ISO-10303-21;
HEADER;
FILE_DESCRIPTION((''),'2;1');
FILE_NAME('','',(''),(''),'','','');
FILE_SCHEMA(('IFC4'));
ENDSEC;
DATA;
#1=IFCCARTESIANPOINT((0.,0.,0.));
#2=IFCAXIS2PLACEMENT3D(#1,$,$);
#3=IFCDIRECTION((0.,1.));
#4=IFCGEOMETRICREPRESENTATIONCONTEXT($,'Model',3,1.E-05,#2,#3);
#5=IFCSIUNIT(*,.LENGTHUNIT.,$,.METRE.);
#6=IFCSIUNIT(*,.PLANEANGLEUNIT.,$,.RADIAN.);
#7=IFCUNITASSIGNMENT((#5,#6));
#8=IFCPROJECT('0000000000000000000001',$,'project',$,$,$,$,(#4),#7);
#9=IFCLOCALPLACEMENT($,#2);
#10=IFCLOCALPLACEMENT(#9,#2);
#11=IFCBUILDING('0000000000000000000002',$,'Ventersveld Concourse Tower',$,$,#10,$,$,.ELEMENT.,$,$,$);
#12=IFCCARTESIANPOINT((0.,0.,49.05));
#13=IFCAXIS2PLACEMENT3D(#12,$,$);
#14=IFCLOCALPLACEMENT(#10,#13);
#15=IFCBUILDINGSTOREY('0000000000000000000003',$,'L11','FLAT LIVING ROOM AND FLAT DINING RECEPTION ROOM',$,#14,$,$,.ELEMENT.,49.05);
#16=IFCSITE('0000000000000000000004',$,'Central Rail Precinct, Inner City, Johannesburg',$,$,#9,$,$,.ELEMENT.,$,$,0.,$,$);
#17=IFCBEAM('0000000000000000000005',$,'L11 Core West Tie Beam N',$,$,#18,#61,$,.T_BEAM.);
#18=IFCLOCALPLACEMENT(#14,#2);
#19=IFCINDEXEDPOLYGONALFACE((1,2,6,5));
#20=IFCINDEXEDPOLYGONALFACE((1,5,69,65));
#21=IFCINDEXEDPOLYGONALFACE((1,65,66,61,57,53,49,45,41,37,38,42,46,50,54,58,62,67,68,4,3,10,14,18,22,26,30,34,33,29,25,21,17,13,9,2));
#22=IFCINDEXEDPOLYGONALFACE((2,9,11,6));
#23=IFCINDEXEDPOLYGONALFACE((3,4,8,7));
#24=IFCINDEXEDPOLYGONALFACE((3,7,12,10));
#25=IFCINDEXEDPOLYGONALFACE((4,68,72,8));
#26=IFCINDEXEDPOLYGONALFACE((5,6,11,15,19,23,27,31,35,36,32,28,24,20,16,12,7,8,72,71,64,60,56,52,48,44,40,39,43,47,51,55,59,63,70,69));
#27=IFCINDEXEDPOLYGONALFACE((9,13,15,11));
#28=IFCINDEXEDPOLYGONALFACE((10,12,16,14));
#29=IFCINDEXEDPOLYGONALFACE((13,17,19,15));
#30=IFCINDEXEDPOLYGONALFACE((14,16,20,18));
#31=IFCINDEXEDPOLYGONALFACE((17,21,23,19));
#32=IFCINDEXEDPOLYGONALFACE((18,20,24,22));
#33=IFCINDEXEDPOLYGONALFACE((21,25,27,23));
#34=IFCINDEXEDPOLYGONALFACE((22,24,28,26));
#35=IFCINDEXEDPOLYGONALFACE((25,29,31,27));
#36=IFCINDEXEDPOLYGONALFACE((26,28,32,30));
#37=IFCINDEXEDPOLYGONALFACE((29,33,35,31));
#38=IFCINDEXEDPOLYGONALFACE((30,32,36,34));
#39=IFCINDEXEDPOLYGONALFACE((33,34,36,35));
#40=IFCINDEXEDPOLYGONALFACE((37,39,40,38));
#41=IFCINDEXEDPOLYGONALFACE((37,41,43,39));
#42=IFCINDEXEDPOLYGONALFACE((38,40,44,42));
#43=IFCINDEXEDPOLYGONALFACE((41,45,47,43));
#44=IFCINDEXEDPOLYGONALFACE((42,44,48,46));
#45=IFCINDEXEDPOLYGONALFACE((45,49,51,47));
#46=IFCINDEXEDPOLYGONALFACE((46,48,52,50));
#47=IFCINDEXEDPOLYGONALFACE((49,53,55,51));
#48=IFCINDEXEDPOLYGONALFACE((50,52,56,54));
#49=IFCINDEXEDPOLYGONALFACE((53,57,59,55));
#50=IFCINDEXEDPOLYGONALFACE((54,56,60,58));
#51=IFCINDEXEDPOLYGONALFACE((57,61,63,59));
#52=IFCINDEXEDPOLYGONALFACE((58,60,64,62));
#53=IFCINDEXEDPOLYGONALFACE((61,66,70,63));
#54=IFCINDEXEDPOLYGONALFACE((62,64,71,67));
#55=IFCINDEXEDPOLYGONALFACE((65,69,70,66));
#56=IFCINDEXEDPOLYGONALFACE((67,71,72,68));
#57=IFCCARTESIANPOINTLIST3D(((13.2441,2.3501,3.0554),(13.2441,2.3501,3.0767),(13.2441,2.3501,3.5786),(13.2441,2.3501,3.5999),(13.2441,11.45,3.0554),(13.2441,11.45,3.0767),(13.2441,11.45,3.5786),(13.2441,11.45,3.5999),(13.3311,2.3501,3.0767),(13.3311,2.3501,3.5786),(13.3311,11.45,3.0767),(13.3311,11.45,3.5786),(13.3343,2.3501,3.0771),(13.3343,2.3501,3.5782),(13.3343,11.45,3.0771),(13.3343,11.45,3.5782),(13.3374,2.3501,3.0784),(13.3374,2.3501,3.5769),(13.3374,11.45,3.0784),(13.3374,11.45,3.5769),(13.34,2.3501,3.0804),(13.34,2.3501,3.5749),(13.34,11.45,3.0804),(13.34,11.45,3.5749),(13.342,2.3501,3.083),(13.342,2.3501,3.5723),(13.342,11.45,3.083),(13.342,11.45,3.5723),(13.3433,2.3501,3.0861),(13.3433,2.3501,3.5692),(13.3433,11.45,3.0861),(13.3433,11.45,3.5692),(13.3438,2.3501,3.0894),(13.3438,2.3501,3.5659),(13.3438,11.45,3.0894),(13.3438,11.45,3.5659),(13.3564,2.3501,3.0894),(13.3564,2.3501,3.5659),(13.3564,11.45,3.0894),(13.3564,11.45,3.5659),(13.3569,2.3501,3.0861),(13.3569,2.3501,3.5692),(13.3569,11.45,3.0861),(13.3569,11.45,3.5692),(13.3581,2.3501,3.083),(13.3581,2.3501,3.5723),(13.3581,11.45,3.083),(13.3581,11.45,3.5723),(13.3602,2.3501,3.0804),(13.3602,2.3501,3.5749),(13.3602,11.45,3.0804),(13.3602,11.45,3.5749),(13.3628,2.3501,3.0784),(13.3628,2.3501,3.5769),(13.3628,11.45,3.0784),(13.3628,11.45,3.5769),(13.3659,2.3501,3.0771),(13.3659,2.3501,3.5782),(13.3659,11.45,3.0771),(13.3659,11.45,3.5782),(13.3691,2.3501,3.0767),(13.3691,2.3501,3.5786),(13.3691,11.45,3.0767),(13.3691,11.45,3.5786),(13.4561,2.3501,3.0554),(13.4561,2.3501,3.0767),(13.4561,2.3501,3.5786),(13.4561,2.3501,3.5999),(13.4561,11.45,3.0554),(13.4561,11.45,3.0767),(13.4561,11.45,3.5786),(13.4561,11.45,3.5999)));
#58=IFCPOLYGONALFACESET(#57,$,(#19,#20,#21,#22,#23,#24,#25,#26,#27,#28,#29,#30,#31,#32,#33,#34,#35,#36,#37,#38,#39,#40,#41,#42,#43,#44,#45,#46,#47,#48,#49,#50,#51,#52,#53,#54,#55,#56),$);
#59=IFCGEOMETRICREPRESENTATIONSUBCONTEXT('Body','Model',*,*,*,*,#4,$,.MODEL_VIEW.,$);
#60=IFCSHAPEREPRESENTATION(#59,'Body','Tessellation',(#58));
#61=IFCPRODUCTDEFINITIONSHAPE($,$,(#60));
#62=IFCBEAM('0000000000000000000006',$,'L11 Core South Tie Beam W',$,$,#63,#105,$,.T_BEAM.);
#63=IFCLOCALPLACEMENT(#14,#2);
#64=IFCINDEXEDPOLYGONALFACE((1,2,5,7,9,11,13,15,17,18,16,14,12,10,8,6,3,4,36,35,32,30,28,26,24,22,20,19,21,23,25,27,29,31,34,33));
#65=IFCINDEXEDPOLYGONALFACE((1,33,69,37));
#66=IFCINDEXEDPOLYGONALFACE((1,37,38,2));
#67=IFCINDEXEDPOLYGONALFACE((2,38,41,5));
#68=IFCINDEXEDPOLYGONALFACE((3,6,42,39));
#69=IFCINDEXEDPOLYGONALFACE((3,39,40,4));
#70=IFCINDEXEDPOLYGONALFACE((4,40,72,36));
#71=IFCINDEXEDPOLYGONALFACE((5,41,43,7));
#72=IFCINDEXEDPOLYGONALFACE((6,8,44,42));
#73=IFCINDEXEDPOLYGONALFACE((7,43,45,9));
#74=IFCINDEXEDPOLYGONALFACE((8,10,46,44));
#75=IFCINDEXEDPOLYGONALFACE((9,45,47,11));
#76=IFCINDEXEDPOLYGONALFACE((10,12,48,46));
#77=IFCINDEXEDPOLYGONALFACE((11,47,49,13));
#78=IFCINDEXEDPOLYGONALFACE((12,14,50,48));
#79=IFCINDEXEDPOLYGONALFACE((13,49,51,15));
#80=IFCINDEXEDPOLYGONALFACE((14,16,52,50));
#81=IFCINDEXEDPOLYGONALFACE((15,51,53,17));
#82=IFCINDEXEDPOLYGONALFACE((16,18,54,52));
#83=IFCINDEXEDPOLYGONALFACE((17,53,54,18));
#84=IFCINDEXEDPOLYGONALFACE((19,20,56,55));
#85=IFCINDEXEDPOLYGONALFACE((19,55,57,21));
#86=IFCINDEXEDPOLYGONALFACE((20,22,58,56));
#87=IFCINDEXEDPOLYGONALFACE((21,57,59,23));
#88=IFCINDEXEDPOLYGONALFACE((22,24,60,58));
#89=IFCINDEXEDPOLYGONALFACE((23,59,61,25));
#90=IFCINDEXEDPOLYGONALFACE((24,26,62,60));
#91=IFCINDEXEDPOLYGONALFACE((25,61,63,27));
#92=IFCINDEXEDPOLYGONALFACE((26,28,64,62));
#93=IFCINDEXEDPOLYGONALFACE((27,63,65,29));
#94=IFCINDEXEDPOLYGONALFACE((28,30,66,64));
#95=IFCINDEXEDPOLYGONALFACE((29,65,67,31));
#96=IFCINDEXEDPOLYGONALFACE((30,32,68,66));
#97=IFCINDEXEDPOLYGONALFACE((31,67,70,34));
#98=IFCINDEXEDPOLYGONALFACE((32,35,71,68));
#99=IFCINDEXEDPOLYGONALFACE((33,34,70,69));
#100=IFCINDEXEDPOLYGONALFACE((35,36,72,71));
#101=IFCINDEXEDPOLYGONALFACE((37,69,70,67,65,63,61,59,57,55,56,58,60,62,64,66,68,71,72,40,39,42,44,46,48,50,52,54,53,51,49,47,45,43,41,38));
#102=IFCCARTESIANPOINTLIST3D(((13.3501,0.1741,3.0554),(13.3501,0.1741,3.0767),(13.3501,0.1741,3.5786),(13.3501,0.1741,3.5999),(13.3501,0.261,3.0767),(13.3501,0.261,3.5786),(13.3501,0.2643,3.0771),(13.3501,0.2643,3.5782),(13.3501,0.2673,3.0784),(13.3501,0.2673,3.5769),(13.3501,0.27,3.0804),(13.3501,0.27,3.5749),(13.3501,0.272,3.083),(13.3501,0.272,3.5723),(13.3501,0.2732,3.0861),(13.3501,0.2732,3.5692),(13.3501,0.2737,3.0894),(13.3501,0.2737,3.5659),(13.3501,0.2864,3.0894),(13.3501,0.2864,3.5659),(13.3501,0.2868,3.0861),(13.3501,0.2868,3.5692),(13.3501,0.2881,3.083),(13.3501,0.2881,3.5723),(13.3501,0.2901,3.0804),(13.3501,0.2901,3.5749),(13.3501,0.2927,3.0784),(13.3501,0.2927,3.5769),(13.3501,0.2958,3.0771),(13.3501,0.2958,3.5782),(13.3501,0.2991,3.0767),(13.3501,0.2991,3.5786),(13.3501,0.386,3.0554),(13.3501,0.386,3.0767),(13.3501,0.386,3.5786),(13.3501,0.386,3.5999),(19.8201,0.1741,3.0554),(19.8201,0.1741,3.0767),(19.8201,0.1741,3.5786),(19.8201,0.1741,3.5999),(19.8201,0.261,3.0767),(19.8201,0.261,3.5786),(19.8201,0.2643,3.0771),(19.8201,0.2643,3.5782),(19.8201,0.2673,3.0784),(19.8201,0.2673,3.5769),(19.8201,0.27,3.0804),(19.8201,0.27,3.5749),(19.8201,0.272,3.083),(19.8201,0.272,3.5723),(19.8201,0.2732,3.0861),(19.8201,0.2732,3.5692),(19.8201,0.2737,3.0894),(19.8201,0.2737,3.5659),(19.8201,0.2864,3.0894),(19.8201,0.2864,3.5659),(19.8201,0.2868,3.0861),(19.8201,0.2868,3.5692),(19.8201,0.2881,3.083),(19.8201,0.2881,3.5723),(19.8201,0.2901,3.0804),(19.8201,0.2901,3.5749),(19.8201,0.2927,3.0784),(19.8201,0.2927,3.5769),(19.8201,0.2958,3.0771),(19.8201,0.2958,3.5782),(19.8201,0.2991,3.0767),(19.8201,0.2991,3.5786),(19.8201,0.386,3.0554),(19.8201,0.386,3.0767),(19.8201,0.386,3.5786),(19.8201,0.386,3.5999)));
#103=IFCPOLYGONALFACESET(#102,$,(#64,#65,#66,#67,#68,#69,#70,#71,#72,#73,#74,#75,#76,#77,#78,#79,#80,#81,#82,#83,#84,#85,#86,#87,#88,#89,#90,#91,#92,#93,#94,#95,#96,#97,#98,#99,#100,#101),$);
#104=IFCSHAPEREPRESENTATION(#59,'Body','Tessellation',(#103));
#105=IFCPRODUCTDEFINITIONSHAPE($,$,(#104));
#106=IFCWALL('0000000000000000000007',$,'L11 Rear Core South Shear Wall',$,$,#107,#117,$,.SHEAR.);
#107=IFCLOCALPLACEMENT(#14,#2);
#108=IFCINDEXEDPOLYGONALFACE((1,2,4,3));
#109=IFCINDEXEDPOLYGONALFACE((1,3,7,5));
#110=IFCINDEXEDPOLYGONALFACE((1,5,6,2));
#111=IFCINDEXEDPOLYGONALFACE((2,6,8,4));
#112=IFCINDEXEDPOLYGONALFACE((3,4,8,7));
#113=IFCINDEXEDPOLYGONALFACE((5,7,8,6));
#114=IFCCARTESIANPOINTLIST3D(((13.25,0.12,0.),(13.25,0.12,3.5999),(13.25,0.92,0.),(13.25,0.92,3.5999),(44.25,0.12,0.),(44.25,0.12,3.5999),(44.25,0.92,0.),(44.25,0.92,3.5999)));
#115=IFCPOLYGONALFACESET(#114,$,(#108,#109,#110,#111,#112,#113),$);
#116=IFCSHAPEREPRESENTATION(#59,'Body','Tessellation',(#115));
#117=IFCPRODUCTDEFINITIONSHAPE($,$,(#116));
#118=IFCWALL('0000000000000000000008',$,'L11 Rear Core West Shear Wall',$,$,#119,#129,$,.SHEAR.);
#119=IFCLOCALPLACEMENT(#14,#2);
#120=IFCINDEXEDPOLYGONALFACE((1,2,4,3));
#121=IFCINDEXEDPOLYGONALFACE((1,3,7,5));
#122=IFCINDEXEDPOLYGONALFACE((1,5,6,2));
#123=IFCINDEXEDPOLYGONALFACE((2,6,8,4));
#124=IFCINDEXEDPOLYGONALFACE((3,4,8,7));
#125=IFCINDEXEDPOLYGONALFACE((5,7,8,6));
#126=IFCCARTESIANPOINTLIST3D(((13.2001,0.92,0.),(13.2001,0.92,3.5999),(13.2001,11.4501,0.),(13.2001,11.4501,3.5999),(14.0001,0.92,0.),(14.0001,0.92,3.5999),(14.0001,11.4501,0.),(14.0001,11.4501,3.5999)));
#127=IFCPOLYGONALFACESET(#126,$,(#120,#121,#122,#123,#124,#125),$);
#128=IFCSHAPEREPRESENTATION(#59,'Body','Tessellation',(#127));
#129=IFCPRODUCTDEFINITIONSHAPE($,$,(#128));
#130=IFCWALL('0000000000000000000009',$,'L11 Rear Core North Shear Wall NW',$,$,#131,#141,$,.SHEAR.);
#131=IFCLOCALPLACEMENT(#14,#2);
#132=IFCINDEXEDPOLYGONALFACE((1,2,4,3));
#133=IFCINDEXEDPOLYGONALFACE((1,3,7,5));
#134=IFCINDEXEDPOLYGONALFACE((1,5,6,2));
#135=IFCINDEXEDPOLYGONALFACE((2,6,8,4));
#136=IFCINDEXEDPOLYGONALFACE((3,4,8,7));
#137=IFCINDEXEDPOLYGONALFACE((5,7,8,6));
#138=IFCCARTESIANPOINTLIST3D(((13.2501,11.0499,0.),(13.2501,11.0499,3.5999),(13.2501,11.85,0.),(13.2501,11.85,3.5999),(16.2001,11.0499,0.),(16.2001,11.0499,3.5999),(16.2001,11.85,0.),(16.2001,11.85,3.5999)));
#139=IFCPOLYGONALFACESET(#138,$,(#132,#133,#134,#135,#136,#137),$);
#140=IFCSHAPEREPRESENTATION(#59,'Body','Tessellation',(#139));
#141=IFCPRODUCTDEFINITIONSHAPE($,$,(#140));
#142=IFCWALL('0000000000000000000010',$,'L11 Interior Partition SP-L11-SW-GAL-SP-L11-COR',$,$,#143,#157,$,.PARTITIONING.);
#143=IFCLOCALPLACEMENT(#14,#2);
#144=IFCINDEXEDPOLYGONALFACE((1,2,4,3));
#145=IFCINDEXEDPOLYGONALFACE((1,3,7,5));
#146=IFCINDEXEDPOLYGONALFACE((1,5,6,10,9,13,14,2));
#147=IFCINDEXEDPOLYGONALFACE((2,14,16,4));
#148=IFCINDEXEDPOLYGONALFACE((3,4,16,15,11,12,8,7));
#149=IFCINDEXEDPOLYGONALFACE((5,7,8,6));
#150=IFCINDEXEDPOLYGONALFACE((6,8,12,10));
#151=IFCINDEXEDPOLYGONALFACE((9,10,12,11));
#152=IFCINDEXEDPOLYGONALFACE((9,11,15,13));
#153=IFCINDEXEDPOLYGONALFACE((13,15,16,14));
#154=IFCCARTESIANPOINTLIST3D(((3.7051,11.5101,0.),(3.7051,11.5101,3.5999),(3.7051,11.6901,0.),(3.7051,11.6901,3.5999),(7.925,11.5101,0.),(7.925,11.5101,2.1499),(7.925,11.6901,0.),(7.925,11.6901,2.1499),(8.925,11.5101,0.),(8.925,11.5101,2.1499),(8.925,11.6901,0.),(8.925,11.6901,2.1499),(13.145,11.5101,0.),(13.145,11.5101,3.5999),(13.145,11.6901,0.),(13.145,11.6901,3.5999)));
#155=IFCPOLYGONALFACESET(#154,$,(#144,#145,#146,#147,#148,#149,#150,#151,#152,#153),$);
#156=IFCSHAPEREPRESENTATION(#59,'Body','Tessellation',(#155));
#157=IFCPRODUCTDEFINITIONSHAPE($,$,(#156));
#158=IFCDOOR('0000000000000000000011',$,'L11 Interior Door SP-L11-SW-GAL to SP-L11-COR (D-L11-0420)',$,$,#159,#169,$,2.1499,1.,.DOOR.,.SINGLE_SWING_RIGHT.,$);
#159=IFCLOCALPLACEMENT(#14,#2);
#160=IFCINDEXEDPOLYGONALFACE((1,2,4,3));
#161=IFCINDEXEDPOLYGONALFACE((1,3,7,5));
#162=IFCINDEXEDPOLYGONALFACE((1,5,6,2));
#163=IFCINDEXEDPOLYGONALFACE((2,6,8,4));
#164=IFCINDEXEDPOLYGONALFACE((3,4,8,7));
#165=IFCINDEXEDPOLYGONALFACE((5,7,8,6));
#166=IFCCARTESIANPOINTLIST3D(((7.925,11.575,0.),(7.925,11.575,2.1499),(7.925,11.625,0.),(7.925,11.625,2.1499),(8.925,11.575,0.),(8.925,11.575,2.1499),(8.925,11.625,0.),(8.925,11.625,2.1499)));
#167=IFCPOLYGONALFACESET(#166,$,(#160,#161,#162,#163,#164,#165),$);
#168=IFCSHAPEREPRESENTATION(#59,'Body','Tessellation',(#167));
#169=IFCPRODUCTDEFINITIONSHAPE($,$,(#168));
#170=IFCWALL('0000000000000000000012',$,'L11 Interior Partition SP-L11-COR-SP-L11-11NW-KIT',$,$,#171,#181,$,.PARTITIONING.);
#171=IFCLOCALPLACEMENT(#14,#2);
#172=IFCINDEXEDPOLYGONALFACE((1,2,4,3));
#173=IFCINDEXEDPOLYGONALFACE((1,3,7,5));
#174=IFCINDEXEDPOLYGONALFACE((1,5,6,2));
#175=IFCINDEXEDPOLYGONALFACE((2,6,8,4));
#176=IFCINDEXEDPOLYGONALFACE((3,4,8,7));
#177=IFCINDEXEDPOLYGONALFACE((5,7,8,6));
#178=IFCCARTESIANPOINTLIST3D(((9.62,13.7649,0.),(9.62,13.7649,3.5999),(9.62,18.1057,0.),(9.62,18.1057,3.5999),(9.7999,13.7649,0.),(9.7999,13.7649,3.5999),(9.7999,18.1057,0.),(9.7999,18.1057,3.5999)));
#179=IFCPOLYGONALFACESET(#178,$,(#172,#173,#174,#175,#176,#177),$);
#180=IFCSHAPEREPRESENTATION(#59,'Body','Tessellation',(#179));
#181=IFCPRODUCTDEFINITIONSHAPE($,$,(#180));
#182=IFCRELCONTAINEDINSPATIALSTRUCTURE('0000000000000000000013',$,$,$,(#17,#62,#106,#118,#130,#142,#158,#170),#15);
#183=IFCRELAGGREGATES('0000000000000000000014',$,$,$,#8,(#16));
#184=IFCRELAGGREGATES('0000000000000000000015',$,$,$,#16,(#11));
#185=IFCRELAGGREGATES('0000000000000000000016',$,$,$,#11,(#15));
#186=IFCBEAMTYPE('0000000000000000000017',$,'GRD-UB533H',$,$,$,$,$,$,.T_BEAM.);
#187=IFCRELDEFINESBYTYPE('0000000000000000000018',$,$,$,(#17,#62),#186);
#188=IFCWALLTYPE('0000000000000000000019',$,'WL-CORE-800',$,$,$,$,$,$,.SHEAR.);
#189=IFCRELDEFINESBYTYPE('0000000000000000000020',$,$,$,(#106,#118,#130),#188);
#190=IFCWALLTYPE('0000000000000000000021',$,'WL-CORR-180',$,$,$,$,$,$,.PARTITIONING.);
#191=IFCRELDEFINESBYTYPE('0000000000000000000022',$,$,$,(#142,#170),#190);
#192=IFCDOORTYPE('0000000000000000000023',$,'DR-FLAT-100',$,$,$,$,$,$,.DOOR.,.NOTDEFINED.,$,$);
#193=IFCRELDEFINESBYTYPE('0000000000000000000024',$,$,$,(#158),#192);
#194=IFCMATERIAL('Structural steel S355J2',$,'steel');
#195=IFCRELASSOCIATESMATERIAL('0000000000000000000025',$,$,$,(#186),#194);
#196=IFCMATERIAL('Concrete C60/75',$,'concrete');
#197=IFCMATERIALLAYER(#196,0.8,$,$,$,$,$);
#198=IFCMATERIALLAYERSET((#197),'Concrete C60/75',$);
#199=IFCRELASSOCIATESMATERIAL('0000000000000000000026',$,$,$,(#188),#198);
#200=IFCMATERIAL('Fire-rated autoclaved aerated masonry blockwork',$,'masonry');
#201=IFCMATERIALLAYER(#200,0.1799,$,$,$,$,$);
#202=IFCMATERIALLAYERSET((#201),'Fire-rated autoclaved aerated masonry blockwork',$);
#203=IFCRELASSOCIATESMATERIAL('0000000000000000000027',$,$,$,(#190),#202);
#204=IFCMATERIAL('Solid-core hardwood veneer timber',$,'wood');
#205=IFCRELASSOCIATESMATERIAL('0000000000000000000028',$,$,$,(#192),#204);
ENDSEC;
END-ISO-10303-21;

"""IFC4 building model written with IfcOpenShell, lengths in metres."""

from ifc_helpers import new_model, si_unit, direction, frame, frame_2d, origin, origin_2d, place, context, subcontext, project, spatial, rectangle, i_section, extrude, material, layer, layer_set, material_profile, profile_set, type_object, element, fill, save


model = new_model("IFC4")

# Units and contexts
model_context = context("Model", 3, precision=1e-05, world=origin(), true_north=direction((0.0, 1.0)))
body_context = subcontext(model_context, "Body", "Model", "MODEL_VIEW")
ifc_project = project(units=[si_unit("LENGTHUNIT", "METRE"), si_unit("PLANEANGLEUNIT", "RADIAN")], contexts=[model_context])

# Site, building, storey
site_placement = place(None, origin())
site = spatial("IfcSite", under=ifc_project, at=site_placement, Name="Central Rail Precinct, Inner City, Johannesburg", CompositionType="ELEMENT", RefElevation=0.0)
building_placement = place(site_placement, origin())
building = spatial("IfcBuilding", under=site, at=building_placement, Name="Ventersveld Concourse Tower", CompositionType="ELEMENT")
storey_placement = place(building_placement, frame((0.0, 0.0, 49.05)))
storey = spatial("IfcBuildingStorey", under=building, at=storey_placement, Name="L11", Description="FLAT LIVING ROOM AND FLAT DINING RECEPTION ROOM", CompositionType="ELEMENT", Elevation=49.05)

# Beams
ifc_material_1 = material(Name="Structural steel S355J2", Category="steel")
ifc_material_profile_1 = material_profile(ifc_material_1, i_section(OverallWidth=0.2119, OverallDepth=0.5444, WebThickness=0.0127, FlangeThickness=0.0212, FilletRadius=0.0127, at=origin_2d()), Name="UB 533x210x122")
ifc_profile_set_1 = profile_set([ifc_material_profile_1], Name="Structural steel S355J2")
beam_type_1 = type_object("IfcBeamType", Name="GRD-UB533H", PredefinedType="T_BEAM", material=ifc_profile_set_1)
beam_1_placement = place(storey_placement, frame((13.3501, 2.3501, 3.3276), z_axis=(0.0, 1.0, 0.0), x_axis=(-1.0, 0.0, 0.0)))
element("IfcBeam", 1, at=beam_1_placement, inside=storey, type_object=beam_type_1, Name="L11 Core West Tie Beam N", PredefinedType="T_BEAM", context=body_context, shape_type="SweptSolid", body=[
    extrude(i_section(OverallWidth=0.2119, OverallDepth=0.5444, WebThickness=0.0127, FlangeThickness=0.0212, FilletRadius=0.0127, at=origin_2d()), origin(), (0.0, 0.0, 1.0), 9.0999),
])
beam_2_placement = place(storey_placement, frame((13.3501, 0.28, 3.3276), z_axis=(1.0, 0.0, 0.0), x_axis=(0.0, 1.0, 0.0)))
element("IfcBeam", 2, at=beam_2_placement, inside=storey, type_object=beam_type_1, Name="L11 Core South Tie Beam W", PredefinedType="T_BEAM", context=body_context, shape_type="SweptSolid", body=[
    extrude(i_section(OverallWidth=0.2119, OverallDepth=0.5444, WebThickness=0.0127, FlangeThickness=0.0212, FilletRadius=0.0127, at=origin_2d()), origin(), (0.0, 0.0, 1.0), 6.47),
])

# Walls
ifc_material_2 = material(Name="Concrete C60/75", Category="concrete")
ifc_layer_1 = layer(ifc_material_2, 0.8)
ifc_layer_set_1 = layer_set([ifc_layer_1], Name="Concrete C60/75")
wall_type_1 = type_object("IfcWallType", Name="WL-CORE-800", PredefinedType="SHEAR", material=ifc_layer_set_1)
wall_1_placement = place(storey_placement, frame((13.25, 0.52, 0.0), z_axis=(0.0, 0.0, 1.0), x_axis=(1.0, 0.0, 0.0)))
element("IfcWall", 3, at=wall_1_placement, inside=storey, type_object=wall_type_1, Name="L11 Rear Core South Shear Wall", PredefinedType="SHEAR", context=body_context, shape_type="SweptSolid", body=[
    extrude(rectangle(XDim=31.0, YDim=0.8, at=frame_2d((15.5, 0.0))), origin(), (0.0, 0.0, 1.0), 3.5999),
])
wall_2_placement = place(storey_placement, frame((13.6001, 0.9199, 0.0), z_axis=(0.0, 0.0, 1.0), x_axis=(0.0, 1.0, 0.0)))
element("IfcWall", 4, at=wall_2_placement, inside=storey, type_object=wall_type_1, Name="L11 Rear Core West Shear Wall", PredefinedType="SHEAR", context=body_context, shape_type="SweptSolid", body=[
    extrude(rectangle(XDim=10.53, YDim=0.8, at=frame_2d((5.2651, 0.0))), origin(), (0.0, 0.0, 1.0), 3.5999),
])
wall_3_placement = place(storey_placement, frame((13.25, 11.45, 0.0), z_axis=(0.0, 0.0, 1.0), x_axis=(1.0, 0.0, 0.0)))
element("IfcWall", 5, at=wall_3_placement, inside=storey, type_object=wall_type_1, Name="L11 Rear Core North Shear Wall NW", PredefinedType="SHEAR", context=body_context, shape_type="SweptSolid", body=[
    extrude(rectangle(XDim=2.95, YDim=0.8, at=frame_2d((1.4751, 0.0))), origin(), (0.0, 0.0, 1.0), 3.5999),
])

# Wall, opening, door
ifc_material_3 = material(Name="Fire-rated autoclaved aerated masonry blockwork", Category="masonry")
ifc_layer_2 = layer(ifc_material_3, 0.1799)
ifc_layer_set_2 = layer_set([ifc_layer_2], Name="Fire-rated autoclaved aerated masonry blockwork")
wall_type_2 = type_object("IfcWallType", Name="WL-CORR-180", PredefinedType="PARTITIONING", material=ifc_layer_set_2)
wall_4_placement = place(storey_placement, frame((3.7051, 11.6001, 0.0), z_axis=(0.0, 0.0, 1.0), x_axis=(1.0, 0.0, 0.0)))
wall_4 = element("IfcWall", 6, at=wall_4_placement, inside=storey, type_object=wall_type_2, Name="L11 Interior Partition SP-L11-SW-GAL-SP-L11-COR", PredefinedType="PARTITIONING", context=body_context, shape_type="SweptSolid", body=[
    extrude(rectangle(XDim=9.4399, YDim=0.1799, at=frame_2d((4.72, 0.0))), origin(), (0.0, 0.0, 1.0), 3.5999),
])
opening_1_placement = place(wall_4_placement, frame((4.22, 0.0, 0.0)))
opening_1 = element("IfcOpeningElement", 7, at=opening_1_placement, cuts=wall_4, PredefinedType="OPENING", context=body_context, shape_type="SweptSolid", body=[
    extrude(rectangle(XDim=1.0, YDim=2.1499, at=frame_2d((0.5, 1.075))), frame((0.0, 0.1001, 0.0), z_axis=(0.0, -1.0, 0.0), x_axis=(1.0, 0.0, 0.0)), (0.0, 0.0, 1.0), 0.2),
])
ifc_material_4 = material(Name="Solid-core hardwood veneer timber", Category="wood")
door_type_1 = type_object("IfcDoorType", Name="DR-FLAT-100", OperationType="NOTDEFINED", PredefinedType="DOOR", material=ifc_material_4)
door_1_placement = place(opening_1_placement, origin())
door_1 = element("IfcDoor", 8, at=door_1_placement, inside=storey, type_object=door_type_1, Name="L11 Interior Door SP-L11-SW-GAL to SP-L11-COR (D-L11-0420)", OperationType="SINGLE_SWING_RIGHT", OverallHeight=2.1499, OverallWidth=1.0, PredefinedType="DOOR", context=body_context, shape_type="SweptSolid", body=[
    extrude(rectangle(XDim=1.0, YDim=2.1499, at=frame_2d((0.5, 1.075))), frame((0.0, 0.0249, 0.0), z_axis=(0.0, -1.0, 0.0), x_axis=(1.0, 0.0, 0.0)), (0.0, 0.0, 1.0), 0.05),
])
fill(opening_1, door_1)

# Wall
wall_5_placement = place(storey_placement, frame((9.71, 13.7649, 0.0), z_axis=(0.0, 0.0, 1.0), x_axis=(0.0, 1.0, 0.0)))
element("IfcWall", 9, at=wall_5_placement, inside=storey, type_object=wall_type_2, Name="L11 Interior Partition SP-L11-COR-SP-L11-11NW-KIT", PredefinedType="PARTITIONING", context=body_context, shape_type="SweptSolid", body=[
    extrude(rectangle(XDim=4.3408, YDim=0.1799, at=frame_2d((2.1704, 0.0))), origin(), (0.0, 0.0, 1.0), 3.5999),
])

save(model, "model.ifc")
